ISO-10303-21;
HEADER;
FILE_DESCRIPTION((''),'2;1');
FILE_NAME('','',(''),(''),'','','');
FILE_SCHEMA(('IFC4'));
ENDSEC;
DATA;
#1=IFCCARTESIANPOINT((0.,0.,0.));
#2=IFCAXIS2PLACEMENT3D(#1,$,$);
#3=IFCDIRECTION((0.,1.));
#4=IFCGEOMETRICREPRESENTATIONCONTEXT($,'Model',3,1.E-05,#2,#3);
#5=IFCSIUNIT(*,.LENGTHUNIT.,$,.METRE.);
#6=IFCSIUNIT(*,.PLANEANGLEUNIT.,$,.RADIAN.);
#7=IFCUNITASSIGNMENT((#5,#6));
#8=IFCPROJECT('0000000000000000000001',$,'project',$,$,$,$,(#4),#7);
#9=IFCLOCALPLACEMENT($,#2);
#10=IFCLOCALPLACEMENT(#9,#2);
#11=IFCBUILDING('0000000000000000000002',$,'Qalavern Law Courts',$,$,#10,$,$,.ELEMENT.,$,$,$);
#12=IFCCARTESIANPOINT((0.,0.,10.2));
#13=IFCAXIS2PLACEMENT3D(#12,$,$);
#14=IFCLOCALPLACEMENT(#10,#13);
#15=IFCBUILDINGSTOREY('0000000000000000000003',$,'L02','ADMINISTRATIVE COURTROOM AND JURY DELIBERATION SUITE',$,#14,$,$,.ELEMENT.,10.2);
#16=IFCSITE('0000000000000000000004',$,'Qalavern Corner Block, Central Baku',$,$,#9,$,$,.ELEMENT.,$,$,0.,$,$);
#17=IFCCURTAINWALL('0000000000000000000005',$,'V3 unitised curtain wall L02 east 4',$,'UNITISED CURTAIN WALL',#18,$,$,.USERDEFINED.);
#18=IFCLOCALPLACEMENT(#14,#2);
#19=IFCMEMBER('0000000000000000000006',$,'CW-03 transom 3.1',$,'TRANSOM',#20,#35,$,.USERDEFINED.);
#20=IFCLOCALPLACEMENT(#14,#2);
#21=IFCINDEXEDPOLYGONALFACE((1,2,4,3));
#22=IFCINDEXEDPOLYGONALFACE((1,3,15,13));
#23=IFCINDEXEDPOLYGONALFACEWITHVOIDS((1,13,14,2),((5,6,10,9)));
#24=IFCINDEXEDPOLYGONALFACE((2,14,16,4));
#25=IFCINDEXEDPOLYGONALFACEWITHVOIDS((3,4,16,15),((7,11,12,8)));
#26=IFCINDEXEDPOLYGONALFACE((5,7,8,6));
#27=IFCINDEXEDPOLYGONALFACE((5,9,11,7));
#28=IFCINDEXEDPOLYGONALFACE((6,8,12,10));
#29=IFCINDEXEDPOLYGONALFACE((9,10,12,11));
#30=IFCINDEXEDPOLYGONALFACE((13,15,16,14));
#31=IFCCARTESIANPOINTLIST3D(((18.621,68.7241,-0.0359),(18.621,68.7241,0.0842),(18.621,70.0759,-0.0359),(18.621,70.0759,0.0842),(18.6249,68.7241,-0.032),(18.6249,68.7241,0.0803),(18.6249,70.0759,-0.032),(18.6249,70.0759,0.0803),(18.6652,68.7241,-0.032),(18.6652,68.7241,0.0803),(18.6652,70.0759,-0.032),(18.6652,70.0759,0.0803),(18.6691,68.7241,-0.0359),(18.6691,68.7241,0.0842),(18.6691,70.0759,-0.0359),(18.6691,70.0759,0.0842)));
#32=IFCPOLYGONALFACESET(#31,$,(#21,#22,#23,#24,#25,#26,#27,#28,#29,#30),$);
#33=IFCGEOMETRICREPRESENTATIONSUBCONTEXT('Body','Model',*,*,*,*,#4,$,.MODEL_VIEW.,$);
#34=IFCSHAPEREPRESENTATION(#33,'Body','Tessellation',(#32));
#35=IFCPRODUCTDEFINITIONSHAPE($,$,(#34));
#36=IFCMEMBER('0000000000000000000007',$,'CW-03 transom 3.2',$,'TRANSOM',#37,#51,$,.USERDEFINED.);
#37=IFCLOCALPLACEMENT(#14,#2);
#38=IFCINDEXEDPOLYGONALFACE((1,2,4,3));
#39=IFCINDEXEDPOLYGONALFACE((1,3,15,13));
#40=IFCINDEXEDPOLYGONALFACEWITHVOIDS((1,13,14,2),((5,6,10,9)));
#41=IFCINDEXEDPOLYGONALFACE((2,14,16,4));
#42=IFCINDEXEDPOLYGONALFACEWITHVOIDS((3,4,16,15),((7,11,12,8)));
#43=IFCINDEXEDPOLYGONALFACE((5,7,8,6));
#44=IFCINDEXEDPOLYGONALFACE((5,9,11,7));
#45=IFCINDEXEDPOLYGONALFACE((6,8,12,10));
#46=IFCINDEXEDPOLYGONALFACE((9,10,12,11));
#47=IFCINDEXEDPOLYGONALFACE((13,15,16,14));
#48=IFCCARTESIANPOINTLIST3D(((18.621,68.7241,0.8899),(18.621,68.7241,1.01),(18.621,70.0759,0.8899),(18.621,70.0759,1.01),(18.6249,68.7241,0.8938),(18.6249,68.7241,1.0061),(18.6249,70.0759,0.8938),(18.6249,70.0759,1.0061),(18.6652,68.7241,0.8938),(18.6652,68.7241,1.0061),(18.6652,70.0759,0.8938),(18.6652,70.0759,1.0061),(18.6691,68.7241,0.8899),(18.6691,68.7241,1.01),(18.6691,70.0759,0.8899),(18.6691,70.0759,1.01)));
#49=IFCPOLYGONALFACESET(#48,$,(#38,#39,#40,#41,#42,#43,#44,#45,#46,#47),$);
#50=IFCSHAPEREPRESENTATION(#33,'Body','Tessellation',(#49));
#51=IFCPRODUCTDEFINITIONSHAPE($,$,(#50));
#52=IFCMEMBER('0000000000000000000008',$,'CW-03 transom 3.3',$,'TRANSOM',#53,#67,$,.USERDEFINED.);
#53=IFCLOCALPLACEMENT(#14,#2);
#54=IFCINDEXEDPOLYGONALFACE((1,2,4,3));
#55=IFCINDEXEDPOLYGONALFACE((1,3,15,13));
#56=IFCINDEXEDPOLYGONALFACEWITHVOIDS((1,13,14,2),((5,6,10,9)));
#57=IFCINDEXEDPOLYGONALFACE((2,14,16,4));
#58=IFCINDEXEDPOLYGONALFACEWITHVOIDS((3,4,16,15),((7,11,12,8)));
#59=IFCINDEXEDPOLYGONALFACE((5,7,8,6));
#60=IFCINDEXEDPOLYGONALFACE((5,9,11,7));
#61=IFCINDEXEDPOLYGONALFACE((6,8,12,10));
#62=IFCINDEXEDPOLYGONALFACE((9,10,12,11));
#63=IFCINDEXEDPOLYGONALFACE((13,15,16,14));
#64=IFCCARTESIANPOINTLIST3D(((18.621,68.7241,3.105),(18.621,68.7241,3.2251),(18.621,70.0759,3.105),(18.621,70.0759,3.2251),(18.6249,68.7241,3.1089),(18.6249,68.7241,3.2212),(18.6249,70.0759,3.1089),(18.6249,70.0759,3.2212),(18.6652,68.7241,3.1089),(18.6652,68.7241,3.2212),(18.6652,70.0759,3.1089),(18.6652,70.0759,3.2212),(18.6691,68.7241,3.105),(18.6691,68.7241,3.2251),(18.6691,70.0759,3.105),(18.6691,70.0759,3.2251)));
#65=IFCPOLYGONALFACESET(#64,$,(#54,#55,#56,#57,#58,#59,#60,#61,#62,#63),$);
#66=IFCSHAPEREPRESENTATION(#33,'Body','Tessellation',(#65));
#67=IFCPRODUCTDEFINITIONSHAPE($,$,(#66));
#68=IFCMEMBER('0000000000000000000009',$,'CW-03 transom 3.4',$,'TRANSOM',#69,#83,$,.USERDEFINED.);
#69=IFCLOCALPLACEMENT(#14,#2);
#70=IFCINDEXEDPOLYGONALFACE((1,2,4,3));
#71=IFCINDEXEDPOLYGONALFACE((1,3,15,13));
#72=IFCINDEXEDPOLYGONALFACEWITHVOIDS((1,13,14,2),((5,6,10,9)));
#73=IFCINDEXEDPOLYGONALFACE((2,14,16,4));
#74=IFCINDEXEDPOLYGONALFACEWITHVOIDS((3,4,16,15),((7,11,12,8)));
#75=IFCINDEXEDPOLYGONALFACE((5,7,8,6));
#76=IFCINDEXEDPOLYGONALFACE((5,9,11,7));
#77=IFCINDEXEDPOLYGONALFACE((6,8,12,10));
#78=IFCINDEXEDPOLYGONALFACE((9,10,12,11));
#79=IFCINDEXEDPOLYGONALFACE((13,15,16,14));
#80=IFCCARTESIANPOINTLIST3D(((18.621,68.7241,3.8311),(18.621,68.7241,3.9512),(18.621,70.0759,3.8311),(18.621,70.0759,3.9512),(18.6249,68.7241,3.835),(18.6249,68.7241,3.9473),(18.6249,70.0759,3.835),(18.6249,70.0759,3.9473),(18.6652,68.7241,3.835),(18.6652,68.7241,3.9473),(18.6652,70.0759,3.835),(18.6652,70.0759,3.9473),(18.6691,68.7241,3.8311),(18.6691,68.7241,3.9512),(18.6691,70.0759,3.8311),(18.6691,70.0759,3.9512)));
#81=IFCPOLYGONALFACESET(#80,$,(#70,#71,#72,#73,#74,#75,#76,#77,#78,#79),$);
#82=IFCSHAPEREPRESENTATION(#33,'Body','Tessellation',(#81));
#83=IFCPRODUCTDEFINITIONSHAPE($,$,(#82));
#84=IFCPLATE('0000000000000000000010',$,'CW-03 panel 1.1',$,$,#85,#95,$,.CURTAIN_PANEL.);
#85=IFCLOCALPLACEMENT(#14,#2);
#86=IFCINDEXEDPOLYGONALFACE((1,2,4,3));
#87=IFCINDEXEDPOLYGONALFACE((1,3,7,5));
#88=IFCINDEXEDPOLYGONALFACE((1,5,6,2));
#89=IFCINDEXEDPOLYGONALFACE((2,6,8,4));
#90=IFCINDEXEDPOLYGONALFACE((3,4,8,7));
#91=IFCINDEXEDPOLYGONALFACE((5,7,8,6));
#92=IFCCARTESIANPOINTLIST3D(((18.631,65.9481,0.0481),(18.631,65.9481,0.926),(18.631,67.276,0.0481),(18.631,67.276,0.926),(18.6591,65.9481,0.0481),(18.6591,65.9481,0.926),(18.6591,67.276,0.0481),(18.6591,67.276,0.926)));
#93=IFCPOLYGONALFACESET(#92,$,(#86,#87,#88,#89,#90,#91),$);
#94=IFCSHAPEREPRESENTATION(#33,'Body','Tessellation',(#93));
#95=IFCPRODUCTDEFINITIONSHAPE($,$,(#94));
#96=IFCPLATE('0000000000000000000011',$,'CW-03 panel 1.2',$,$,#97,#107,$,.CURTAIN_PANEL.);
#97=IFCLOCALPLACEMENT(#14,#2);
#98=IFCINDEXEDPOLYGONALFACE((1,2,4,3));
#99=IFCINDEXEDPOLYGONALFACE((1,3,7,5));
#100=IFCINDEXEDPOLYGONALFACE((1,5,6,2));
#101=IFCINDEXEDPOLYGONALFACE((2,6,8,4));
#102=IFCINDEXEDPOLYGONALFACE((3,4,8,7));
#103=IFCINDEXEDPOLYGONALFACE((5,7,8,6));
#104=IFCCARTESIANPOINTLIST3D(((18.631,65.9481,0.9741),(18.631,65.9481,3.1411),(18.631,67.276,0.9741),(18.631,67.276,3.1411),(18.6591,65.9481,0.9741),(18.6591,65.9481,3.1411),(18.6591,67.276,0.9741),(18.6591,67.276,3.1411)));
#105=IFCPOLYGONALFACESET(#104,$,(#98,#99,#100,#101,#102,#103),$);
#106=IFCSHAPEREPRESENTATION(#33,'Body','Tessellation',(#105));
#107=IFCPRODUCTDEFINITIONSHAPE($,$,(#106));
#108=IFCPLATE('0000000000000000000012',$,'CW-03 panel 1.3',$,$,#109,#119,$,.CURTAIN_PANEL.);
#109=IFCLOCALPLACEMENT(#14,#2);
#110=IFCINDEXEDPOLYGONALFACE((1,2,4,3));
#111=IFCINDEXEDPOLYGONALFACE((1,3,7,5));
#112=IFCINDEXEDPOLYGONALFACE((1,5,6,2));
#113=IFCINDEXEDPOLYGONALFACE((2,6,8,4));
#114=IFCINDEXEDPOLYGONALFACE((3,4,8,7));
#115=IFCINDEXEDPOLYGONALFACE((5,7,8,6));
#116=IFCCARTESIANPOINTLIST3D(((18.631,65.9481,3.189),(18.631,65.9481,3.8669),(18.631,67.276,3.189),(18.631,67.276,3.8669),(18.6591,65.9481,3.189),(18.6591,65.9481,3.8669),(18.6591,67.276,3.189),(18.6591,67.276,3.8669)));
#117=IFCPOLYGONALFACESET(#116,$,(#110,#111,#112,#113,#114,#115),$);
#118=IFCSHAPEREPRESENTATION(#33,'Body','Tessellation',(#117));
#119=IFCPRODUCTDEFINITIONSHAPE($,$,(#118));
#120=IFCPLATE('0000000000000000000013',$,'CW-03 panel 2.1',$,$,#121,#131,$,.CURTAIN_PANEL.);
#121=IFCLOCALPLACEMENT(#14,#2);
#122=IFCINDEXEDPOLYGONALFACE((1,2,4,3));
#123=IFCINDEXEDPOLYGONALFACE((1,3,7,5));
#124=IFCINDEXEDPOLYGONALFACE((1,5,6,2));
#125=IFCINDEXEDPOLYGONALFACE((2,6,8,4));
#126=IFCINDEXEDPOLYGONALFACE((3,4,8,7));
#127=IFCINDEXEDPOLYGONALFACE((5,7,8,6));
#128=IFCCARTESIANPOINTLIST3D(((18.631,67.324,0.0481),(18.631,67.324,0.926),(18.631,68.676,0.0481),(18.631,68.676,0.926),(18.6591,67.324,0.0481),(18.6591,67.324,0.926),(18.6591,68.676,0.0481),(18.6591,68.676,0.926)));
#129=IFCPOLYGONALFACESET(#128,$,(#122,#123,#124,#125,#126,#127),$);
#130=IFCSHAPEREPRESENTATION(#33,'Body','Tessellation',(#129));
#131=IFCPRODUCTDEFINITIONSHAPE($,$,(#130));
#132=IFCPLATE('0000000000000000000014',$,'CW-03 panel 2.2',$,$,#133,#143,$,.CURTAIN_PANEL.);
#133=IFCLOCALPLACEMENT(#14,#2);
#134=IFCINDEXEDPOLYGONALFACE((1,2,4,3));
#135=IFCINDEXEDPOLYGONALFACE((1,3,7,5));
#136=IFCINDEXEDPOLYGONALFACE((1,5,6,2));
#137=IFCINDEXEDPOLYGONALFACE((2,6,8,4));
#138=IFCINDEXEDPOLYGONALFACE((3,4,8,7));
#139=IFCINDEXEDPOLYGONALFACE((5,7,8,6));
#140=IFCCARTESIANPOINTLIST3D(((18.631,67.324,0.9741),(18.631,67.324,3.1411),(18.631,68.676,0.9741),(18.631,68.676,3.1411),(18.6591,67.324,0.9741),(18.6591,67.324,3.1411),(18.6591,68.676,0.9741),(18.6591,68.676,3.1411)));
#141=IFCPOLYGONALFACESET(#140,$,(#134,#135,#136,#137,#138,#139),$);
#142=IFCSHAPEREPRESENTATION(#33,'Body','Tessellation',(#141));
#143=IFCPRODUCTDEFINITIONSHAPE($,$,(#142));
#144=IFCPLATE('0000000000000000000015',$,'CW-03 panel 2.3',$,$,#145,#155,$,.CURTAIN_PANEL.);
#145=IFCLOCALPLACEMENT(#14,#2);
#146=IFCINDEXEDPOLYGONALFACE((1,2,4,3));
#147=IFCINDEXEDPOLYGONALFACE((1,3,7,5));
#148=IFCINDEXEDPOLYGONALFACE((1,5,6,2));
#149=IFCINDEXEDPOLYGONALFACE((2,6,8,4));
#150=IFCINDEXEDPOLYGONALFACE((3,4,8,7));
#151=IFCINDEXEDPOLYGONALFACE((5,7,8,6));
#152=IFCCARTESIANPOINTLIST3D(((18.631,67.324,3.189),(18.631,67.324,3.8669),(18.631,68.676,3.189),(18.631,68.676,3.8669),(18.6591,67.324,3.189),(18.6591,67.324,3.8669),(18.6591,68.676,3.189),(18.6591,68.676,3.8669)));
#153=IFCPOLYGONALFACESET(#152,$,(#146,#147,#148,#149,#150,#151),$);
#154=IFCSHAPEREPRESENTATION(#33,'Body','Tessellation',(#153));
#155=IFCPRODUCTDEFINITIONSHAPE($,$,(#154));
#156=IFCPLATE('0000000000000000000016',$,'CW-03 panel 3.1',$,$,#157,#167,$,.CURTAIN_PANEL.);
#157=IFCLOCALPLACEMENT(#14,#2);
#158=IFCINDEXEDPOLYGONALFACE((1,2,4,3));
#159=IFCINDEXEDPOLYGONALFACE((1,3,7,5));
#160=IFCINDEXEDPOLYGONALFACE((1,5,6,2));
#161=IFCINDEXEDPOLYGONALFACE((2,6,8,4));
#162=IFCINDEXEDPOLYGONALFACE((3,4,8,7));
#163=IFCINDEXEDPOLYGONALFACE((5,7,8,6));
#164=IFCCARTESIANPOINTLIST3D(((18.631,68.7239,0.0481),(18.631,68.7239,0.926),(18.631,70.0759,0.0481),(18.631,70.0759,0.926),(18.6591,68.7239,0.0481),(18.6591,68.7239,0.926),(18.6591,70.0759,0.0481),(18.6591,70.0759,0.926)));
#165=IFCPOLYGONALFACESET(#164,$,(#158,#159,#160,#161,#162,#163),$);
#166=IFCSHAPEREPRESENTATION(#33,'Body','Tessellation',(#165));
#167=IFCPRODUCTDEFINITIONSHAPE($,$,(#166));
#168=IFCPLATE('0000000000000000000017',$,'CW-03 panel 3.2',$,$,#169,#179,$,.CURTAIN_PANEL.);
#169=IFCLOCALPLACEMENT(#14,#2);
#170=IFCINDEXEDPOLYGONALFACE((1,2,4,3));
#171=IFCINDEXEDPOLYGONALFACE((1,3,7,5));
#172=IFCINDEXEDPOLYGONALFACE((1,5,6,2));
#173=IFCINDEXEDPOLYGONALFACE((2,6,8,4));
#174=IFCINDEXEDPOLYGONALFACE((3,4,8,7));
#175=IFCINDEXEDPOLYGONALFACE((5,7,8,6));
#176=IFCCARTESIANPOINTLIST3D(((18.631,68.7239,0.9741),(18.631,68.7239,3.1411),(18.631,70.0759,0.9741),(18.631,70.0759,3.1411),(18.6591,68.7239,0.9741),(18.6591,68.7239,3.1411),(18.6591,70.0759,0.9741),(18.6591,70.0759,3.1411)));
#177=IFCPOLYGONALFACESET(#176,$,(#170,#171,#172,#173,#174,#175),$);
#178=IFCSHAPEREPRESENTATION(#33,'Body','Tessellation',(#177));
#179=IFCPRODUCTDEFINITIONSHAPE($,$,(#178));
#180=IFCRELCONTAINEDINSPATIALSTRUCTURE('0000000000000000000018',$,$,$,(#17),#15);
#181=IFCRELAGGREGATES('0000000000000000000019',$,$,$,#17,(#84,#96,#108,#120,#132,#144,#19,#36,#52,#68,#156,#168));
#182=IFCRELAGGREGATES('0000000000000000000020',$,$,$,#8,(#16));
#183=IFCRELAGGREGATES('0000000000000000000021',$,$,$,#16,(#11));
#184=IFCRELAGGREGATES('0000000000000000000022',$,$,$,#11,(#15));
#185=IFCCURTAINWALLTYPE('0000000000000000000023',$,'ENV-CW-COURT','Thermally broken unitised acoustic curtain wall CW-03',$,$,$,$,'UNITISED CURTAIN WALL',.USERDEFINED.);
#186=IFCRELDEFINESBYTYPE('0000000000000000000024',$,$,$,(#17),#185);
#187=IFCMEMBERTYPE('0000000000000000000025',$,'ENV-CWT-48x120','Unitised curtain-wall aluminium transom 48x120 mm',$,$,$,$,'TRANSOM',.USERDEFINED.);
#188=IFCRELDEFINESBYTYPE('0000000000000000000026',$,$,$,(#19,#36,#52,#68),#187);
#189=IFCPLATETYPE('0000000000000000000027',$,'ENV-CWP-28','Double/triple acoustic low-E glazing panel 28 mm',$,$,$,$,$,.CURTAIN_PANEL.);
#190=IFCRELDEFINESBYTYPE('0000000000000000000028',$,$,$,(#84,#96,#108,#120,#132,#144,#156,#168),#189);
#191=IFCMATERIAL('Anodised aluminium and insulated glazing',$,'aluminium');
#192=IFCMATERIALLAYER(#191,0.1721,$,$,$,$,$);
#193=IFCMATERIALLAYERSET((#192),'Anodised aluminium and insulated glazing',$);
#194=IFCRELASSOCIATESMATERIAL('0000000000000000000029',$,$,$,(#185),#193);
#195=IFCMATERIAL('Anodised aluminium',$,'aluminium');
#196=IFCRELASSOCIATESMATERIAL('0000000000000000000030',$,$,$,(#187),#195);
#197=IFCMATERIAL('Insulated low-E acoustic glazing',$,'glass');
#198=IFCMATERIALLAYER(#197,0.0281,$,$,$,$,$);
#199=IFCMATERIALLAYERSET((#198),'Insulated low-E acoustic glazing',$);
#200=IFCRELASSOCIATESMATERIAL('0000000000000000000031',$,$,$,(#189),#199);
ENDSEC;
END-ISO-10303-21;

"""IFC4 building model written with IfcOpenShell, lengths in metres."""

from ifc_helpers import new_model, si_unit, direction, frame, origin, origin_2d, place, context, subcontext, project, spatial, rectangle, hollow_rectangle, extrude, material, layer, layer_set, material_profile, profile_set, type_object, element, aggregate, save


model = new_model("IFC4")

# Units and contexts
model_context = context("Model", 3, precision=1e-05, world=origin(), true_north=direction((0.0, 1.0)))
body_context = subcontext(model_context, "Body", "Model", "MODEL_VIEW")
ifc_project = project(units=[si_unit("LENGTHUNIT", "METRE"), si_unit("PLANEANGLEUNIT", "RADIAN")], contexts=[model_context])

# Site, building, storey
site_placement = place(None, origin())
site = spatial("IfcSite", under=ifc_project, at=site_placement, Name="Qalavern Corner Block, Central Baku", CompositionType="ELEMENT", RefElevation=0.0)
building_placement = place(site_placement, origin())
building = spatial("IfcBuilding", under=site, at=building_placement, Name="Qalavern Law Courts", CompositionType="ELEMENT")
storey_placement = place(building_placement, frame((0.0, 0.0, 10.2)))
storey = spatial("IfcBuildingStorey", under=building, at=storey_placement, Name="L02", Description="ADMINISTRATIVE COURTROOM AND JURY DELIBERATION SUITE", CompositionType="ELEMENT", Elevation=10.2)

# Curtain wall, members, plates
ifc_material_1 = material(Name="Anodised aluminium and insulated glazing", Category="aluminium")
ifc_layer_1 = layer(ifc_material_1, 0.1721)
ifc_layer_set_1 = layer_set([ifc_layer_1], Name="Anodised aluminium and insulated glazing")
curtain_wall_type = type_object("IfcCurtainWallType", Name="ENV-CW-COURT", Description="Thermally broken unitised acoustic curtain wall CW-03", ElementType="UNITISED CURTAIN WALL", PredefinedType="USERDEFINED", material=ifc_layer_set_1)
curtain_wall_placement = place(storey_placement, origin())
curtain_wall = element("IfcCurtainWall", 1, at=curtain_wall_placement, inside=storey, type_object=curtain_wall_type, Name="V3 unitised curtain wall L02 east 4", ObjectType="UNITISED CURTAIN WALL", PredefinedType="USERDEFINED")
ifc_material_2 = material(Name="Anodised aluminium", Category="aluminium")
ifc_material_profile_1 = material_profile(ifc_material_2, hollow_rectangle(XDim=0.0481, YDim=0.1201, WallThickness=0.0039, at=origin_2d()), Name="ALU TRANSOM 48x120")
ifc_profile_set_1 = profile_set([ifc_material_profile_1], Name="Anodised aluminium")
member_type_1 = type_object("IfcMemberType", Name="ENV-CWT-48x120", Description="Unitised curtain-wall aluminium transom 48x120 mm", ElementType="TRANSOM", PredefinedType="USERDEFINED", material=ifc_profile_set_1)
member_1_placement = place(storey_placement, frame((18.645, 68.7241, 0.0242), z_axis=(0.0, 1.0, 0.0), x_axis=(-1.0, 0.0, 0.0)))
member_1 = element("IfcMember", 2, at=member_1_placement, type_object=member_type_1, Name="CW-03 transom 3.1", ObjectType="TRANSOM", PredefinedType="USERDEFINED", context=body_context, shape_type="SweptSolid", body=[
    extrude(hollow_rectangle(XDim=0.0481, YDim=0.1201, WallThickness=0.0039, at=origin_2d()), origin(), (0.0, 0.0, 1.0), 1.3518),
])
member_2_placement = place(storey_placement, frame((18.645, 68.7241, 0.95), z_axis=(0.0, 1.0, 0.0), x_axis=(-1.0, 0.0, 0.0)))
member_2 = element("IfcMember", 3, at=member_2_placement, type_object=member_type_1, Name="CW-03 transom 3.2", ObjectType="TRANSOM", PredefinedType="USERDEFINED", context=body_context, shape_type="SweptSolid", body=[
    extrude(hollow_rectangle(XDim=0.0481, YDim=0.1201, WallThickness=0.0039, at=origin_2d()), origin(), (0.0, 0.0, 1.0), 1.3518),
])
member_3_placement = place(storey_placement, frame((18.645, 68.7241, 3.165), z_axis=(0.0, 1.0, 0.0), x_axis=(-1.0, 0.0, 0.0)))
member_3 = element("IfcMember", 4, at=member_3_placement, type_object=member_type_1, Name="CW-03 transom 3.3", ObjectType="TRANSOM", PredefinedType="USERDEFINED", context=body_context, shape_type="SweptSolid", body=[
    extrude(hollow_rectangle(XDim=0.0481, YDim=0.1201, WallThickness=0.0039, at=origin_2d()), origin(), (0.0, 0.0, 1.0), 1.3518),
])
member_4_placement = place(storey_placement, frame((18.645, 68.7241, 3.8911), z_axis=(0.0, 1.0, 0.0), x_axis=(-1.0, 0.0, 0.0)))
member_4 = element("IfcMember", 5, at=member_4_placement, type_object=member_type_1, Name="CW-03 transom 3.4", ObjectType="TRANSOM", PredefinedType="USERDEFINED", context=body_context, shape_type="SweptSolid", body=[
    extrude(hollow_rectangle(XDim=0.0481, YDim=0.1201, WallThickness=0.0039, at=origin_2d()), origin(), (0.0, 0.0, 1.0), 1.3518),
])
ifc_material_3 = material(Name="Insulated low-E acoustic glazing", Category="glass")
ifc_layer_2 = layer(ifc_material_3, 0.0281)
ifc_layer_set_2 = layer_set([ifc_layer_2], Name="Insulated low-E acoustic glazing")
plate_type = type_object("IfcPlateType", Name="ENV-CWP-28", Description="Double/triple acoustic low-E glazing panel 28 mm", PredefinedType="CURTAIN_PANEL", material=ifc_layer_set_2)
plate_1_placement = place(storey_placement, frame((18.645, 66.6121, 0.0481), z_axis=(0.0, 0.0, 1.0), x_axis=(0.0, 1.0, 0.0)))
plate_1 = element("IfcPlate", 6, at=plate_1_placement, type_object=plate_type, Name="CW-03 panel 1.1", PredefinedType="CURTAIN_PANEL", context=body_context, shape_type="SweptSolid", body=[
    extrude(rectangle(XDim=1.3279, YDim=0.0281, at=origin_2d()), origin(), (0.0, 0.0, 1.0), 0.8779),
])
plate_2_placement = place(storey_placement, frame((18.645, 66.6121, 0.9741), z_axis=(0.0, 0.0, 1.0), x_axis=(0.0, 1.0, 0.0)))
plate_2 = element("IfcPlate", 7, at=plate_2_placement, type_object=plate_type, Name="CW-03 panel 1.2", PredefinedType="CURTAIN_PANEL", context=body_context, shape_type="SweptSolid", body=[
    extrude(rectangle(XDim=1.3279, YDim=0.0281, at=origin_2d()), origin(), (0.0, 0.0, 1.0), 2.167),
])
plate_3_placement = place(storey_placement, frame((18.645, 66.6121, 3.189), z_axis=(0.0, 0.0, 1.0), x_axis=(0.0, 1.0, 0.0)))
plate_3 = element("IfcPlate", 8, at=plate_3_placement, type_object=plate_type, Name="CW-03 panel 1.3", PredefinedType="CURTAIN_PANEL", context=body_context, shape_type="SweptSolid", body=[
    extrude(rectangle(XDim=1.3279, YDim=0.0281, at=origin_2d()), origin(), (0.0, 0.0, 1.0), 0.678),
])
plate_4_placement = place(storey_placement, frame((18.645, 68.0, 0.0481), z_axis=(0.0, 0.0, 1.0), x_axis=(0.0, 1.0, 0.0)))
plate_4 = element("IfcPlate", 9, at=plate_4_placement, type_object=plate_type, Name="CW-03 panel 2.1", PredefinedType="CURTAIN_PANEL", context=body_context, shape_type="SweptSolid", body=[
    extrude(rectangle(XDim=1.3521, YDim=0.0281, at=origin_2d()), origin(), (0.0, 0.0, 1.0), 0.8779),
])
plate_5_placement = place(storey_placement, frame((18.645, 68.0, 0.9741), z_axis=(0.0, 0.0, 1.0), x_axis=(0.0, 1.0, 0.0)))
plate_5 = element("IfcPlate", 10, at=plate_5_placement, type_object=plate_type, Name="CW-03 panel 2.2", PredefinedType="CURTAIN_PANEL", context=body_context, shape_type="SweptSolid", body=[
    extrude(rectangle(XDim=1.3521, YDim=0.0281, at=origin_2d()), origin(), (0.0, 0.0, 1.0), 2.167),
])
plate_6_placement = place(storey_placement, frame((18.645, 68.0, 3.189), z_axis=(0.0, 0.0, 1.0), x_axis=(0.0, 1.0, 0.0)))
plate_6 = element("IfcPlate", 11, at=plate_6_placement, type_object=plate_type, Name="CW-03 panel 2.3", PredefinedType="CURTAIN_PANEL", context=body_context, shape_type="SweptSolid", body=[
    extrude(rectangle(XDim=1.3521, YDim=0.0281, at=origin_2d()), origin(), (0.0, 0.0, 1.0), 0.678),
])
plate_7_placement = place(storey_placement, frame((18.645, 69.3999, 0.0481), z_axis=(0.0, 0.0, 1.0), x_axis=(0.0, 1.0, 0.0)))
plate_7 = element("IfcPlate", 12, at=plate_7_placement, type_object=plate_type, Name="CW-03 panel 3.1", PredefinedType="CURTAIN_PANEL", context=body_context, shape_type="SweptSolid", body=[
    extrude(rectangle(XDim=1.3521, YDim=0.0281, at=origin_2d()), origin(), (0.0, 0.0, 1.0), 0.8779),
])
plate_8_placement = place(storey_placement, frame((18.645, 69.3999, 0.9741), z_axis=(0.0, 0.0, 1.0), x_axis=(0.0, 1.0, 0.0)))
plate_8 = element("IfcPlate", 13, at=plate_8_placement, type_object=plate_type, Name="CW-03 panel 3.2", PredefinedType="CURTAIN_PANEL", context=body_context, shape_type="SweptSolid", body=[
    extrude(rectangle(XDim=1.3521, YDim=0.0281, at=origin_2d()), origin(), (0.0, 0.0, 1.0), 2.167),
])
aggregate(curtain_wall, [plate_1, plate_2, plate_3, plate_4, plate_5, plate_6, member_1, member_2, member_3, member_4, plate_7, plate_8])

save(model, "model.ifc")
